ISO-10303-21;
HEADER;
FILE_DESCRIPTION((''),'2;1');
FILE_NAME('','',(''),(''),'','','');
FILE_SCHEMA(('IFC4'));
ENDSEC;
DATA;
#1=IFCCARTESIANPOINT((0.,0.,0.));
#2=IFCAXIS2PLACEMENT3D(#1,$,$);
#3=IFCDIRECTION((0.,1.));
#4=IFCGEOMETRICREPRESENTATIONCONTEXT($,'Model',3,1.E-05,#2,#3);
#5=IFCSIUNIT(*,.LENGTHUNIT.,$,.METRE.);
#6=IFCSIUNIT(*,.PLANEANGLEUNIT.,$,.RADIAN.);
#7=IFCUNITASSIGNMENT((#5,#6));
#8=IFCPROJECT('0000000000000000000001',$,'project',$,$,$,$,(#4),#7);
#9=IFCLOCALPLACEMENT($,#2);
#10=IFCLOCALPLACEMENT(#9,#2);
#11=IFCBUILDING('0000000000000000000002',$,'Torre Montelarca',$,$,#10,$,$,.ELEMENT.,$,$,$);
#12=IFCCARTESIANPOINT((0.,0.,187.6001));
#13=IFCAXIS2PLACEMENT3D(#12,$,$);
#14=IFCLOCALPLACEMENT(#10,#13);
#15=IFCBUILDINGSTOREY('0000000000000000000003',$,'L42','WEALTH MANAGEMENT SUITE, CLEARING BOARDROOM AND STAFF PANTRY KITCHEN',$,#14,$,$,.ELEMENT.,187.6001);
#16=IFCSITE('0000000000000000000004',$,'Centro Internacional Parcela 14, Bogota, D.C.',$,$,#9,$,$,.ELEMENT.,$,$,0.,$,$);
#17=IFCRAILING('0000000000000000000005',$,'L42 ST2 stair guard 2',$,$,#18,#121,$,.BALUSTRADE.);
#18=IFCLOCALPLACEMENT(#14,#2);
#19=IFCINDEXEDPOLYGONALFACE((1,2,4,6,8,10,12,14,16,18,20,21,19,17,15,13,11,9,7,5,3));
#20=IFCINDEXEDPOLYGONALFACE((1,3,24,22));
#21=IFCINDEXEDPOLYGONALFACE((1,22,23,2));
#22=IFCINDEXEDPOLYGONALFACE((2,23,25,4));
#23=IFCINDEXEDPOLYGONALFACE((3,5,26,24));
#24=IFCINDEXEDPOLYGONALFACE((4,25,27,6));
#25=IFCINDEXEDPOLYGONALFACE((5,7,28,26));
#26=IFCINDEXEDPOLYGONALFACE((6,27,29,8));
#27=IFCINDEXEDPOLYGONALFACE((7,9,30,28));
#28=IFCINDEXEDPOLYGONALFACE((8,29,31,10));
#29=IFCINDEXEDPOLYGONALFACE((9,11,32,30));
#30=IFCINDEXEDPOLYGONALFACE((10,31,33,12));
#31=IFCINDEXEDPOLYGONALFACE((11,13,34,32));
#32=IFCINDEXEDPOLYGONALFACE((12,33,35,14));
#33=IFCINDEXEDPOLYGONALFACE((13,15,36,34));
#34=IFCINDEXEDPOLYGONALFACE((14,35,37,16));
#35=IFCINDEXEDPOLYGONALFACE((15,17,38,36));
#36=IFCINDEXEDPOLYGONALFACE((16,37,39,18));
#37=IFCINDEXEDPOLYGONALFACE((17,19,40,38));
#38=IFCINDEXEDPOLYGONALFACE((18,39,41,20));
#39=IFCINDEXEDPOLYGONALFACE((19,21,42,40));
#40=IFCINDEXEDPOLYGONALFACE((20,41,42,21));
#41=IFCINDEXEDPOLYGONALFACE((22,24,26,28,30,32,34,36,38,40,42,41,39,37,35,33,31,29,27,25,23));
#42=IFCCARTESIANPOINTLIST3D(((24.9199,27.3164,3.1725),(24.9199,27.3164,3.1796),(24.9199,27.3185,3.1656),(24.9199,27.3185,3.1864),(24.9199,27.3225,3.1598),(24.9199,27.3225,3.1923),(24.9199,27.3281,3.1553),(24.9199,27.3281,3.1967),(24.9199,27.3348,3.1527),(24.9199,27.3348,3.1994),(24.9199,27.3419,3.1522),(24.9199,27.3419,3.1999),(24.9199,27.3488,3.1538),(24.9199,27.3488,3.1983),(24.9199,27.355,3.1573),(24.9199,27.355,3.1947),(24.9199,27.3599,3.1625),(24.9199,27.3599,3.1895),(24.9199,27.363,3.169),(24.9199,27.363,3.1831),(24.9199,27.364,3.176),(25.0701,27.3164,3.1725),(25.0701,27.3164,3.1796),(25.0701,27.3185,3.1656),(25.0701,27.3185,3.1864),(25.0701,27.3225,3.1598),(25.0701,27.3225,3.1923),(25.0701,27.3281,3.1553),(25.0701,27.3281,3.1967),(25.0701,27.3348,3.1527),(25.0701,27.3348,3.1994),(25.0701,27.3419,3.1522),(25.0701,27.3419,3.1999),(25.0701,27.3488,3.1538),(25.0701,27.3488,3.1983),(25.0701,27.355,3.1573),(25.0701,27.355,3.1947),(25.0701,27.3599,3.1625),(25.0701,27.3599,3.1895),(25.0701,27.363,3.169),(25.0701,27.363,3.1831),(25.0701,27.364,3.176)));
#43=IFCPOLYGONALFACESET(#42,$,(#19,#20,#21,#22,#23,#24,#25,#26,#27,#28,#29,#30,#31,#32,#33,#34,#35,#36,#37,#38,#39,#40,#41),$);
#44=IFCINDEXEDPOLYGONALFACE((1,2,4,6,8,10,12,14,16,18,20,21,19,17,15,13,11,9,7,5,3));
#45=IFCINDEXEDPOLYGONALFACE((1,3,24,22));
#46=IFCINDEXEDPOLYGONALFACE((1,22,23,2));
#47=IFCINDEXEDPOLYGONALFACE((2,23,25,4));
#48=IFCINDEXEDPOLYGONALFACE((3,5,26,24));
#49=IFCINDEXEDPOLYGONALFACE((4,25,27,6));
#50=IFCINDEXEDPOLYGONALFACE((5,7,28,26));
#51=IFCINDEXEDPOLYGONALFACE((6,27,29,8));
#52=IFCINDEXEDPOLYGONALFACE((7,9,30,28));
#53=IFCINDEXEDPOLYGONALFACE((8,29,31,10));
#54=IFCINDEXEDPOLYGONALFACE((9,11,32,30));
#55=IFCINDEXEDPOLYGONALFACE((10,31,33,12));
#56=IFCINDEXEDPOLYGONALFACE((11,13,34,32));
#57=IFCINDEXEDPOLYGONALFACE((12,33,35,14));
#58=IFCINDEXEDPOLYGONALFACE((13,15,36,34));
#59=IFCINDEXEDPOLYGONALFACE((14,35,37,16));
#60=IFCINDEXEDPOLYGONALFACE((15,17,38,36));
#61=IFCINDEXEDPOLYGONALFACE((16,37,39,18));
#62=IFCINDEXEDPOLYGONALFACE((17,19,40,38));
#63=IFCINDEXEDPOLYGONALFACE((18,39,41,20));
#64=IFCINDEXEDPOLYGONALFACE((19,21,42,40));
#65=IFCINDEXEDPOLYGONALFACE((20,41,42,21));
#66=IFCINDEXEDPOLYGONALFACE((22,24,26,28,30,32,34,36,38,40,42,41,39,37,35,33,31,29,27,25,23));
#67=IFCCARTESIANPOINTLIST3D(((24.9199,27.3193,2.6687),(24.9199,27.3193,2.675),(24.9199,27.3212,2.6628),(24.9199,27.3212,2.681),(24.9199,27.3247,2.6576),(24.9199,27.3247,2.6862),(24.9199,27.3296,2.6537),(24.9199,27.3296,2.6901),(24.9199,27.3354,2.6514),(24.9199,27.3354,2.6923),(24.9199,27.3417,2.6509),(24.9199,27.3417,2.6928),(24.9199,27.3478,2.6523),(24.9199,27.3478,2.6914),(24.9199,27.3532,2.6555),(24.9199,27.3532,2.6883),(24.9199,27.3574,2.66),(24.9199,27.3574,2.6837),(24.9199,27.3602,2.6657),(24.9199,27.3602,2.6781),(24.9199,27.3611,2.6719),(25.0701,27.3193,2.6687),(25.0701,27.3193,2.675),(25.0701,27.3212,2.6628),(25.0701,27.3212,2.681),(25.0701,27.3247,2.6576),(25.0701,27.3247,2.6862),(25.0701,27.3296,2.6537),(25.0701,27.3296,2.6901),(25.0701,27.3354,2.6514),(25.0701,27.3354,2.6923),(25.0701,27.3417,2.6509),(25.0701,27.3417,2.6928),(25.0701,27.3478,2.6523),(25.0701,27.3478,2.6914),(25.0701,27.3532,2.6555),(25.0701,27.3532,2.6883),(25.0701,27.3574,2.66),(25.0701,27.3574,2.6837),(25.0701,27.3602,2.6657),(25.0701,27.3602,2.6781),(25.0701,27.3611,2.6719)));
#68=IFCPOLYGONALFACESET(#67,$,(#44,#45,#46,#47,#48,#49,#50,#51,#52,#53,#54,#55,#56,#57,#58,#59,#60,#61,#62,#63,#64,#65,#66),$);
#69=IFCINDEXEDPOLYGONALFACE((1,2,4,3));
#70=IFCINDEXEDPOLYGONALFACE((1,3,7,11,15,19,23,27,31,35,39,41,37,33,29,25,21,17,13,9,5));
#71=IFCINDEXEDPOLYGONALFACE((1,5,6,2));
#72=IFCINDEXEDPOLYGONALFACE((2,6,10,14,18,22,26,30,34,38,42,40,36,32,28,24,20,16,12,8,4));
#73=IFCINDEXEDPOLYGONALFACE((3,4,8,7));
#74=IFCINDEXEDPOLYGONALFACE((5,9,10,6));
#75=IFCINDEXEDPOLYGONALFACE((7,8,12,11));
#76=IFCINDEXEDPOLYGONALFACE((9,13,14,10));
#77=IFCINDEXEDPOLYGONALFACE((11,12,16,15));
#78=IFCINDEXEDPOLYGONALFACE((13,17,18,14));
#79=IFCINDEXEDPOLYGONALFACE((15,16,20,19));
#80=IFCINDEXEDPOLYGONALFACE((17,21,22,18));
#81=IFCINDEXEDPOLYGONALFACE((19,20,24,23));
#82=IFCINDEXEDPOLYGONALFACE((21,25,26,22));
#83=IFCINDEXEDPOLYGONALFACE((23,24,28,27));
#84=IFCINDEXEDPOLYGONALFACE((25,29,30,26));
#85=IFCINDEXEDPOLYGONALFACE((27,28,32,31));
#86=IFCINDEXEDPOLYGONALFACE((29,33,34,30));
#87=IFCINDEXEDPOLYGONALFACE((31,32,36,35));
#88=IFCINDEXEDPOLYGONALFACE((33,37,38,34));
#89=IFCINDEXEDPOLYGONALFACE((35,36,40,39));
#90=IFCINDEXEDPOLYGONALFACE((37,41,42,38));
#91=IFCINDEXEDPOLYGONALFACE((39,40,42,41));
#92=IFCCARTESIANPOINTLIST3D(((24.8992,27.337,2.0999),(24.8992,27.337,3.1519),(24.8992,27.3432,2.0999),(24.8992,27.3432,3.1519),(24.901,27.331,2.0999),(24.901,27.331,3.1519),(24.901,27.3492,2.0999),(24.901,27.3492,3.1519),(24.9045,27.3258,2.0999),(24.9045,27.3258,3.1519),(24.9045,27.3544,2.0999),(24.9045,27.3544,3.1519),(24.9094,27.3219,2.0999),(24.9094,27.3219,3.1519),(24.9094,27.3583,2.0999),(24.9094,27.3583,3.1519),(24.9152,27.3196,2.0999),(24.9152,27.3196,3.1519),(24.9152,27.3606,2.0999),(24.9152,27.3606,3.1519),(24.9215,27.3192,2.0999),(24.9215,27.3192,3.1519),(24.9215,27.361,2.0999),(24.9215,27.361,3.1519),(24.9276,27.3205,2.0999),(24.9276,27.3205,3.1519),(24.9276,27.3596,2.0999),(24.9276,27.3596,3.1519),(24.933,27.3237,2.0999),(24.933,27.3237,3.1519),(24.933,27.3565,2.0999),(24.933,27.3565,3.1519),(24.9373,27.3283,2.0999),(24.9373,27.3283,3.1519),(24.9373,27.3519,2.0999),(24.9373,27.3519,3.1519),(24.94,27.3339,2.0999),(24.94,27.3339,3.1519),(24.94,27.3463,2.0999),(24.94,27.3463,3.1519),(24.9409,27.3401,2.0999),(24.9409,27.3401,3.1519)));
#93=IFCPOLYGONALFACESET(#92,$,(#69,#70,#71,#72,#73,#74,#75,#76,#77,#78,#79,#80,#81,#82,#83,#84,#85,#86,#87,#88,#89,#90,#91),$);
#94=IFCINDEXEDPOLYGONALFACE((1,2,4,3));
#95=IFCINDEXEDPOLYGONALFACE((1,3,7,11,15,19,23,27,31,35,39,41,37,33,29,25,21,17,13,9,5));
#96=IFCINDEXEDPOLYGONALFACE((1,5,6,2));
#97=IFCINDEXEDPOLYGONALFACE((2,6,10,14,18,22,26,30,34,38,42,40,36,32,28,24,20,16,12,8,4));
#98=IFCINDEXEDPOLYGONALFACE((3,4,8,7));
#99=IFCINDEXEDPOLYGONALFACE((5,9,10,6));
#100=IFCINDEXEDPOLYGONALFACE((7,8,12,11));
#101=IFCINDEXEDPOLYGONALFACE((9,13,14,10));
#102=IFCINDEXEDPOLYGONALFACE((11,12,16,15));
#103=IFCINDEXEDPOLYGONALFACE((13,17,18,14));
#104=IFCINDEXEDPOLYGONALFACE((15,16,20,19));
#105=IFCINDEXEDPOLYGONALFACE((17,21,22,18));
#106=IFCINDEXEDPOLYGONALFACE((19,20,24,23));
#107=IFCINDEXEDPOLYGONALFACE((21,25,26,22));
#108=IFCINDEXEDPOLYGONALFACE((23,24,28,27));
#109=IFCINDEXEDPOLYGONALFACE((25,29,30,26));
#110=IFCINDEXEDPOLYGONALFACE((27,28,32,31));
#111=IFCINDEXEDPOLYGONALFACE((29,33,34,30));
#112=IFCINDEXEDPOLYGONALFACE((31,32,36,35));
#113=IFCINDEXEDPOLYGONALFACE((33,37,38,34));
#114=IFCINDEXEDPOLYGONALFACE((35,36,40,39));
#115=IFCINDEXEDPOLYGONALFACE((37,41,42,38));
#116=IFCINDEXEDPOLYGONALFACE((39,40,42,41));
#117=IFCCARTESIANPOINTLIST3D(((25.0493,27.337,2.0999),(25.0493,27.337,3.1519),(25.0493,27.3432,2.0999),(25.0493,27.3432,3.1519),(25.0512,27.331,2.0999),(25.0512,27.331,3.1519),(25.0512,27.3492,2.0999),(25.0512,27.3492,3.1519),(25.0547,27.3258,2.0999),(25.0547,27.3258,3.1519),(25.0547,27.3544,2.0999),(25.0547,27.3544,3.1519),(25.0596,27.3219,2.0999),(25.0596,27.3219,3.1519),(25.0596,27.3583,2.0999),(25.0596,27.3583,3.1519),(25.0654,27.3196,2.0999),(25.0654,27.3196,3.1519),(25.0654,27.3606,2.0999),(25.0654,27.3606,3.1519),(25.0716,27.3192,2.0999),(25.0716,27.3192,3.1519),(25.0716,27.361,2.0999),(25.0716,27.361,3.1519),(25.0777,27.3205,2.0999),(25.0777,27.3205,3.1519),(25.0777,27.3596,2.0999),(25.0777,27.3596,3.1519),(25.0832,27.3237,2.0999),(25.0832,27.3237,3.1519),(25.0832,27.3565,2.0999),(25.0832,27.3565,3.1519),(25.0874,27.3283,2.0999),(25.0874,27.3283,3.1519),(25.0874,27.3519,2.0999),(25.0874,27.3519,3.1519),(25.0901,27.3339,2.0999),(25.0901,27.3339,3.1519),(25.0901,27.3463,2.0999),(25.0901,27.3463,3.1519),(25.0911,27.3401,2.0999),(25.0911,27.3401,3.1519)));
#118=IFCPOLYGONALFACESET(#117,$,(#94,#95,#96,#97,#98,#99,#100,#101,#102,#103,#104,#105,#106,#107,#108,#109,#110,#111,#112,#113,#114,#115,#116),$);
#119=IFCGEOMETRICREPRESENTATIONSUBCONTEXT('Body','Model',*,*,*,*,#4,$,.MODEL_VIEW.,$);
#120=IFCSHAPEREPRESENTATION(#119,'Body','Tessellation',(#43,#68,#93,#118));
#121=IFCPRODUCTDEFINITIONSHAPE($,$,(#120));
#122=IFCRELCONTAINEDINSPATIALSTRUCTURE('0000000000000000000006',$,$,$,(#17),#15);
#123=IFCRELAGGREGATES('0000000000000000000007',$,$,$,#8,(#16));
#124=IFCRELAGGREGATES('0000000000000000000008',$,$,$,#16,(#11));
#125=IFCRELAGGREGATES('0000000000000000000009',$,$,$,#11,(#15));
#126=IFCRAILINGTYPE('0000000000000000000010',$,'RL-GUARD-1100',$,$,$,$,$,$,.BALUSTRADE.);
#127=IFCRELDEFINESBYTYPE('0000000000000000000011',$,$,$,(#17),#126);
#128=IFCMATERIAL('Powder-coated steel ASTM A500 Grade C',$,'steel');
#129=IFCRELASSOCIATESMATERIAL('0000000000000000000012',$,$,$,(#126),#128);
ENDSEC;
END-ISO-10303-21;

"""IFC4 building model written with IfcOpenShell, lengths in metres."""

from ifc_helpers import new_model, si_unit, direction, frame, origin, origin_2d, place, context, subcontext, project, spatial, circle, extrude, material, type_object, element, save


model = new_model("IFC4")

# Units and contexts
model_context = context("Model", 3, precision=1e-05, world=origin(), true_north=direction((0.0, 1.0)))
body_context = subcontext(model_context, "Body", "Model", "MODEL_VIEW")
ifc_project = project(units=[si_unit("LENGTHUNIT", "METRE"), si_unit("PLANEANGLEUNIT", "RADIAN")], contexts=[model_context])

# Site, building, storey
site_placement = place(None, origin())
site = spatial("IfcSite", under=ifc_project, at=site_placement, Name="Centro Internacional Parcela 14, Bogota, D.C.", CompositionType="ELEMENT", RefElevation=0.0)
building_placement = place(site_placement, origin())
building = spatial("IfcBuilding", under=site, at=building_placement, Name="Torre Montelarca", CompositionType="ELEMENT")
storey_placement = place(building_placement, frame((0.0, 0.0, 187.6001)))
storey = spatial("IfcBuildingStorey", under=building, at=storey_placement, Name="L42", Description="WEALTH MANAGEMENT SUITE, CLEARING BOARDROOM AND STAFF PANTRY KITCHEN", CompositionType="ELEMENT", Elevation=187.6001)

# Railing
ifc_material_1 = material(Name="Powder-coated steel ASTM A500 Grade C", Category="steel")
railing_type_1 = type_object("IfcRailingType", Name="RL-GUARD-1100", PredefinedType="BALUSTRADE", material=ifc_material_1)
railing_1_placement = place(storey_placement, frame((24.9199, 27.3401, 2.0999)))
element("IfcRailing", 1, at=railing_1_placement, inside=storey, type_object=railing_type_1, Name="L42 ST2 stair guard 2", PredefinedType="BALUSTRADE", context=body_context, shape_type="SweptSolid", body=[
    extrude(circle(Radius=0.0239, at=origin_2d()), frame((0.0, 0.0, 1.0762), z_axis=(1.0, 0.0, 0.0), x_axis=(0.0, 1.0, 0.0)), (0.0, 0.0, 1.0), 0.1501),
    extrude(circle(Radius=0.021, at=origin_2d()), frame((0.0, 0.0, 0.572), z_axis=(1.0, 0.0, 0.0), x_axis=(0.0, 1.0, 0.0)), (0.0, 0.0, 1.0), 0.1501),
    extrude(circle(Radius=0.021, at=origin_2d()), origin(), (0.0, 0.0, 1.0), 1.052),
    extrude(circle(Radius=0.021, at=origin_2d()), frame((0.1501, 0.0, 0.0)), (0.0, 0.0, 1.0), 1.052),
])

save(model, "model.ifc")
